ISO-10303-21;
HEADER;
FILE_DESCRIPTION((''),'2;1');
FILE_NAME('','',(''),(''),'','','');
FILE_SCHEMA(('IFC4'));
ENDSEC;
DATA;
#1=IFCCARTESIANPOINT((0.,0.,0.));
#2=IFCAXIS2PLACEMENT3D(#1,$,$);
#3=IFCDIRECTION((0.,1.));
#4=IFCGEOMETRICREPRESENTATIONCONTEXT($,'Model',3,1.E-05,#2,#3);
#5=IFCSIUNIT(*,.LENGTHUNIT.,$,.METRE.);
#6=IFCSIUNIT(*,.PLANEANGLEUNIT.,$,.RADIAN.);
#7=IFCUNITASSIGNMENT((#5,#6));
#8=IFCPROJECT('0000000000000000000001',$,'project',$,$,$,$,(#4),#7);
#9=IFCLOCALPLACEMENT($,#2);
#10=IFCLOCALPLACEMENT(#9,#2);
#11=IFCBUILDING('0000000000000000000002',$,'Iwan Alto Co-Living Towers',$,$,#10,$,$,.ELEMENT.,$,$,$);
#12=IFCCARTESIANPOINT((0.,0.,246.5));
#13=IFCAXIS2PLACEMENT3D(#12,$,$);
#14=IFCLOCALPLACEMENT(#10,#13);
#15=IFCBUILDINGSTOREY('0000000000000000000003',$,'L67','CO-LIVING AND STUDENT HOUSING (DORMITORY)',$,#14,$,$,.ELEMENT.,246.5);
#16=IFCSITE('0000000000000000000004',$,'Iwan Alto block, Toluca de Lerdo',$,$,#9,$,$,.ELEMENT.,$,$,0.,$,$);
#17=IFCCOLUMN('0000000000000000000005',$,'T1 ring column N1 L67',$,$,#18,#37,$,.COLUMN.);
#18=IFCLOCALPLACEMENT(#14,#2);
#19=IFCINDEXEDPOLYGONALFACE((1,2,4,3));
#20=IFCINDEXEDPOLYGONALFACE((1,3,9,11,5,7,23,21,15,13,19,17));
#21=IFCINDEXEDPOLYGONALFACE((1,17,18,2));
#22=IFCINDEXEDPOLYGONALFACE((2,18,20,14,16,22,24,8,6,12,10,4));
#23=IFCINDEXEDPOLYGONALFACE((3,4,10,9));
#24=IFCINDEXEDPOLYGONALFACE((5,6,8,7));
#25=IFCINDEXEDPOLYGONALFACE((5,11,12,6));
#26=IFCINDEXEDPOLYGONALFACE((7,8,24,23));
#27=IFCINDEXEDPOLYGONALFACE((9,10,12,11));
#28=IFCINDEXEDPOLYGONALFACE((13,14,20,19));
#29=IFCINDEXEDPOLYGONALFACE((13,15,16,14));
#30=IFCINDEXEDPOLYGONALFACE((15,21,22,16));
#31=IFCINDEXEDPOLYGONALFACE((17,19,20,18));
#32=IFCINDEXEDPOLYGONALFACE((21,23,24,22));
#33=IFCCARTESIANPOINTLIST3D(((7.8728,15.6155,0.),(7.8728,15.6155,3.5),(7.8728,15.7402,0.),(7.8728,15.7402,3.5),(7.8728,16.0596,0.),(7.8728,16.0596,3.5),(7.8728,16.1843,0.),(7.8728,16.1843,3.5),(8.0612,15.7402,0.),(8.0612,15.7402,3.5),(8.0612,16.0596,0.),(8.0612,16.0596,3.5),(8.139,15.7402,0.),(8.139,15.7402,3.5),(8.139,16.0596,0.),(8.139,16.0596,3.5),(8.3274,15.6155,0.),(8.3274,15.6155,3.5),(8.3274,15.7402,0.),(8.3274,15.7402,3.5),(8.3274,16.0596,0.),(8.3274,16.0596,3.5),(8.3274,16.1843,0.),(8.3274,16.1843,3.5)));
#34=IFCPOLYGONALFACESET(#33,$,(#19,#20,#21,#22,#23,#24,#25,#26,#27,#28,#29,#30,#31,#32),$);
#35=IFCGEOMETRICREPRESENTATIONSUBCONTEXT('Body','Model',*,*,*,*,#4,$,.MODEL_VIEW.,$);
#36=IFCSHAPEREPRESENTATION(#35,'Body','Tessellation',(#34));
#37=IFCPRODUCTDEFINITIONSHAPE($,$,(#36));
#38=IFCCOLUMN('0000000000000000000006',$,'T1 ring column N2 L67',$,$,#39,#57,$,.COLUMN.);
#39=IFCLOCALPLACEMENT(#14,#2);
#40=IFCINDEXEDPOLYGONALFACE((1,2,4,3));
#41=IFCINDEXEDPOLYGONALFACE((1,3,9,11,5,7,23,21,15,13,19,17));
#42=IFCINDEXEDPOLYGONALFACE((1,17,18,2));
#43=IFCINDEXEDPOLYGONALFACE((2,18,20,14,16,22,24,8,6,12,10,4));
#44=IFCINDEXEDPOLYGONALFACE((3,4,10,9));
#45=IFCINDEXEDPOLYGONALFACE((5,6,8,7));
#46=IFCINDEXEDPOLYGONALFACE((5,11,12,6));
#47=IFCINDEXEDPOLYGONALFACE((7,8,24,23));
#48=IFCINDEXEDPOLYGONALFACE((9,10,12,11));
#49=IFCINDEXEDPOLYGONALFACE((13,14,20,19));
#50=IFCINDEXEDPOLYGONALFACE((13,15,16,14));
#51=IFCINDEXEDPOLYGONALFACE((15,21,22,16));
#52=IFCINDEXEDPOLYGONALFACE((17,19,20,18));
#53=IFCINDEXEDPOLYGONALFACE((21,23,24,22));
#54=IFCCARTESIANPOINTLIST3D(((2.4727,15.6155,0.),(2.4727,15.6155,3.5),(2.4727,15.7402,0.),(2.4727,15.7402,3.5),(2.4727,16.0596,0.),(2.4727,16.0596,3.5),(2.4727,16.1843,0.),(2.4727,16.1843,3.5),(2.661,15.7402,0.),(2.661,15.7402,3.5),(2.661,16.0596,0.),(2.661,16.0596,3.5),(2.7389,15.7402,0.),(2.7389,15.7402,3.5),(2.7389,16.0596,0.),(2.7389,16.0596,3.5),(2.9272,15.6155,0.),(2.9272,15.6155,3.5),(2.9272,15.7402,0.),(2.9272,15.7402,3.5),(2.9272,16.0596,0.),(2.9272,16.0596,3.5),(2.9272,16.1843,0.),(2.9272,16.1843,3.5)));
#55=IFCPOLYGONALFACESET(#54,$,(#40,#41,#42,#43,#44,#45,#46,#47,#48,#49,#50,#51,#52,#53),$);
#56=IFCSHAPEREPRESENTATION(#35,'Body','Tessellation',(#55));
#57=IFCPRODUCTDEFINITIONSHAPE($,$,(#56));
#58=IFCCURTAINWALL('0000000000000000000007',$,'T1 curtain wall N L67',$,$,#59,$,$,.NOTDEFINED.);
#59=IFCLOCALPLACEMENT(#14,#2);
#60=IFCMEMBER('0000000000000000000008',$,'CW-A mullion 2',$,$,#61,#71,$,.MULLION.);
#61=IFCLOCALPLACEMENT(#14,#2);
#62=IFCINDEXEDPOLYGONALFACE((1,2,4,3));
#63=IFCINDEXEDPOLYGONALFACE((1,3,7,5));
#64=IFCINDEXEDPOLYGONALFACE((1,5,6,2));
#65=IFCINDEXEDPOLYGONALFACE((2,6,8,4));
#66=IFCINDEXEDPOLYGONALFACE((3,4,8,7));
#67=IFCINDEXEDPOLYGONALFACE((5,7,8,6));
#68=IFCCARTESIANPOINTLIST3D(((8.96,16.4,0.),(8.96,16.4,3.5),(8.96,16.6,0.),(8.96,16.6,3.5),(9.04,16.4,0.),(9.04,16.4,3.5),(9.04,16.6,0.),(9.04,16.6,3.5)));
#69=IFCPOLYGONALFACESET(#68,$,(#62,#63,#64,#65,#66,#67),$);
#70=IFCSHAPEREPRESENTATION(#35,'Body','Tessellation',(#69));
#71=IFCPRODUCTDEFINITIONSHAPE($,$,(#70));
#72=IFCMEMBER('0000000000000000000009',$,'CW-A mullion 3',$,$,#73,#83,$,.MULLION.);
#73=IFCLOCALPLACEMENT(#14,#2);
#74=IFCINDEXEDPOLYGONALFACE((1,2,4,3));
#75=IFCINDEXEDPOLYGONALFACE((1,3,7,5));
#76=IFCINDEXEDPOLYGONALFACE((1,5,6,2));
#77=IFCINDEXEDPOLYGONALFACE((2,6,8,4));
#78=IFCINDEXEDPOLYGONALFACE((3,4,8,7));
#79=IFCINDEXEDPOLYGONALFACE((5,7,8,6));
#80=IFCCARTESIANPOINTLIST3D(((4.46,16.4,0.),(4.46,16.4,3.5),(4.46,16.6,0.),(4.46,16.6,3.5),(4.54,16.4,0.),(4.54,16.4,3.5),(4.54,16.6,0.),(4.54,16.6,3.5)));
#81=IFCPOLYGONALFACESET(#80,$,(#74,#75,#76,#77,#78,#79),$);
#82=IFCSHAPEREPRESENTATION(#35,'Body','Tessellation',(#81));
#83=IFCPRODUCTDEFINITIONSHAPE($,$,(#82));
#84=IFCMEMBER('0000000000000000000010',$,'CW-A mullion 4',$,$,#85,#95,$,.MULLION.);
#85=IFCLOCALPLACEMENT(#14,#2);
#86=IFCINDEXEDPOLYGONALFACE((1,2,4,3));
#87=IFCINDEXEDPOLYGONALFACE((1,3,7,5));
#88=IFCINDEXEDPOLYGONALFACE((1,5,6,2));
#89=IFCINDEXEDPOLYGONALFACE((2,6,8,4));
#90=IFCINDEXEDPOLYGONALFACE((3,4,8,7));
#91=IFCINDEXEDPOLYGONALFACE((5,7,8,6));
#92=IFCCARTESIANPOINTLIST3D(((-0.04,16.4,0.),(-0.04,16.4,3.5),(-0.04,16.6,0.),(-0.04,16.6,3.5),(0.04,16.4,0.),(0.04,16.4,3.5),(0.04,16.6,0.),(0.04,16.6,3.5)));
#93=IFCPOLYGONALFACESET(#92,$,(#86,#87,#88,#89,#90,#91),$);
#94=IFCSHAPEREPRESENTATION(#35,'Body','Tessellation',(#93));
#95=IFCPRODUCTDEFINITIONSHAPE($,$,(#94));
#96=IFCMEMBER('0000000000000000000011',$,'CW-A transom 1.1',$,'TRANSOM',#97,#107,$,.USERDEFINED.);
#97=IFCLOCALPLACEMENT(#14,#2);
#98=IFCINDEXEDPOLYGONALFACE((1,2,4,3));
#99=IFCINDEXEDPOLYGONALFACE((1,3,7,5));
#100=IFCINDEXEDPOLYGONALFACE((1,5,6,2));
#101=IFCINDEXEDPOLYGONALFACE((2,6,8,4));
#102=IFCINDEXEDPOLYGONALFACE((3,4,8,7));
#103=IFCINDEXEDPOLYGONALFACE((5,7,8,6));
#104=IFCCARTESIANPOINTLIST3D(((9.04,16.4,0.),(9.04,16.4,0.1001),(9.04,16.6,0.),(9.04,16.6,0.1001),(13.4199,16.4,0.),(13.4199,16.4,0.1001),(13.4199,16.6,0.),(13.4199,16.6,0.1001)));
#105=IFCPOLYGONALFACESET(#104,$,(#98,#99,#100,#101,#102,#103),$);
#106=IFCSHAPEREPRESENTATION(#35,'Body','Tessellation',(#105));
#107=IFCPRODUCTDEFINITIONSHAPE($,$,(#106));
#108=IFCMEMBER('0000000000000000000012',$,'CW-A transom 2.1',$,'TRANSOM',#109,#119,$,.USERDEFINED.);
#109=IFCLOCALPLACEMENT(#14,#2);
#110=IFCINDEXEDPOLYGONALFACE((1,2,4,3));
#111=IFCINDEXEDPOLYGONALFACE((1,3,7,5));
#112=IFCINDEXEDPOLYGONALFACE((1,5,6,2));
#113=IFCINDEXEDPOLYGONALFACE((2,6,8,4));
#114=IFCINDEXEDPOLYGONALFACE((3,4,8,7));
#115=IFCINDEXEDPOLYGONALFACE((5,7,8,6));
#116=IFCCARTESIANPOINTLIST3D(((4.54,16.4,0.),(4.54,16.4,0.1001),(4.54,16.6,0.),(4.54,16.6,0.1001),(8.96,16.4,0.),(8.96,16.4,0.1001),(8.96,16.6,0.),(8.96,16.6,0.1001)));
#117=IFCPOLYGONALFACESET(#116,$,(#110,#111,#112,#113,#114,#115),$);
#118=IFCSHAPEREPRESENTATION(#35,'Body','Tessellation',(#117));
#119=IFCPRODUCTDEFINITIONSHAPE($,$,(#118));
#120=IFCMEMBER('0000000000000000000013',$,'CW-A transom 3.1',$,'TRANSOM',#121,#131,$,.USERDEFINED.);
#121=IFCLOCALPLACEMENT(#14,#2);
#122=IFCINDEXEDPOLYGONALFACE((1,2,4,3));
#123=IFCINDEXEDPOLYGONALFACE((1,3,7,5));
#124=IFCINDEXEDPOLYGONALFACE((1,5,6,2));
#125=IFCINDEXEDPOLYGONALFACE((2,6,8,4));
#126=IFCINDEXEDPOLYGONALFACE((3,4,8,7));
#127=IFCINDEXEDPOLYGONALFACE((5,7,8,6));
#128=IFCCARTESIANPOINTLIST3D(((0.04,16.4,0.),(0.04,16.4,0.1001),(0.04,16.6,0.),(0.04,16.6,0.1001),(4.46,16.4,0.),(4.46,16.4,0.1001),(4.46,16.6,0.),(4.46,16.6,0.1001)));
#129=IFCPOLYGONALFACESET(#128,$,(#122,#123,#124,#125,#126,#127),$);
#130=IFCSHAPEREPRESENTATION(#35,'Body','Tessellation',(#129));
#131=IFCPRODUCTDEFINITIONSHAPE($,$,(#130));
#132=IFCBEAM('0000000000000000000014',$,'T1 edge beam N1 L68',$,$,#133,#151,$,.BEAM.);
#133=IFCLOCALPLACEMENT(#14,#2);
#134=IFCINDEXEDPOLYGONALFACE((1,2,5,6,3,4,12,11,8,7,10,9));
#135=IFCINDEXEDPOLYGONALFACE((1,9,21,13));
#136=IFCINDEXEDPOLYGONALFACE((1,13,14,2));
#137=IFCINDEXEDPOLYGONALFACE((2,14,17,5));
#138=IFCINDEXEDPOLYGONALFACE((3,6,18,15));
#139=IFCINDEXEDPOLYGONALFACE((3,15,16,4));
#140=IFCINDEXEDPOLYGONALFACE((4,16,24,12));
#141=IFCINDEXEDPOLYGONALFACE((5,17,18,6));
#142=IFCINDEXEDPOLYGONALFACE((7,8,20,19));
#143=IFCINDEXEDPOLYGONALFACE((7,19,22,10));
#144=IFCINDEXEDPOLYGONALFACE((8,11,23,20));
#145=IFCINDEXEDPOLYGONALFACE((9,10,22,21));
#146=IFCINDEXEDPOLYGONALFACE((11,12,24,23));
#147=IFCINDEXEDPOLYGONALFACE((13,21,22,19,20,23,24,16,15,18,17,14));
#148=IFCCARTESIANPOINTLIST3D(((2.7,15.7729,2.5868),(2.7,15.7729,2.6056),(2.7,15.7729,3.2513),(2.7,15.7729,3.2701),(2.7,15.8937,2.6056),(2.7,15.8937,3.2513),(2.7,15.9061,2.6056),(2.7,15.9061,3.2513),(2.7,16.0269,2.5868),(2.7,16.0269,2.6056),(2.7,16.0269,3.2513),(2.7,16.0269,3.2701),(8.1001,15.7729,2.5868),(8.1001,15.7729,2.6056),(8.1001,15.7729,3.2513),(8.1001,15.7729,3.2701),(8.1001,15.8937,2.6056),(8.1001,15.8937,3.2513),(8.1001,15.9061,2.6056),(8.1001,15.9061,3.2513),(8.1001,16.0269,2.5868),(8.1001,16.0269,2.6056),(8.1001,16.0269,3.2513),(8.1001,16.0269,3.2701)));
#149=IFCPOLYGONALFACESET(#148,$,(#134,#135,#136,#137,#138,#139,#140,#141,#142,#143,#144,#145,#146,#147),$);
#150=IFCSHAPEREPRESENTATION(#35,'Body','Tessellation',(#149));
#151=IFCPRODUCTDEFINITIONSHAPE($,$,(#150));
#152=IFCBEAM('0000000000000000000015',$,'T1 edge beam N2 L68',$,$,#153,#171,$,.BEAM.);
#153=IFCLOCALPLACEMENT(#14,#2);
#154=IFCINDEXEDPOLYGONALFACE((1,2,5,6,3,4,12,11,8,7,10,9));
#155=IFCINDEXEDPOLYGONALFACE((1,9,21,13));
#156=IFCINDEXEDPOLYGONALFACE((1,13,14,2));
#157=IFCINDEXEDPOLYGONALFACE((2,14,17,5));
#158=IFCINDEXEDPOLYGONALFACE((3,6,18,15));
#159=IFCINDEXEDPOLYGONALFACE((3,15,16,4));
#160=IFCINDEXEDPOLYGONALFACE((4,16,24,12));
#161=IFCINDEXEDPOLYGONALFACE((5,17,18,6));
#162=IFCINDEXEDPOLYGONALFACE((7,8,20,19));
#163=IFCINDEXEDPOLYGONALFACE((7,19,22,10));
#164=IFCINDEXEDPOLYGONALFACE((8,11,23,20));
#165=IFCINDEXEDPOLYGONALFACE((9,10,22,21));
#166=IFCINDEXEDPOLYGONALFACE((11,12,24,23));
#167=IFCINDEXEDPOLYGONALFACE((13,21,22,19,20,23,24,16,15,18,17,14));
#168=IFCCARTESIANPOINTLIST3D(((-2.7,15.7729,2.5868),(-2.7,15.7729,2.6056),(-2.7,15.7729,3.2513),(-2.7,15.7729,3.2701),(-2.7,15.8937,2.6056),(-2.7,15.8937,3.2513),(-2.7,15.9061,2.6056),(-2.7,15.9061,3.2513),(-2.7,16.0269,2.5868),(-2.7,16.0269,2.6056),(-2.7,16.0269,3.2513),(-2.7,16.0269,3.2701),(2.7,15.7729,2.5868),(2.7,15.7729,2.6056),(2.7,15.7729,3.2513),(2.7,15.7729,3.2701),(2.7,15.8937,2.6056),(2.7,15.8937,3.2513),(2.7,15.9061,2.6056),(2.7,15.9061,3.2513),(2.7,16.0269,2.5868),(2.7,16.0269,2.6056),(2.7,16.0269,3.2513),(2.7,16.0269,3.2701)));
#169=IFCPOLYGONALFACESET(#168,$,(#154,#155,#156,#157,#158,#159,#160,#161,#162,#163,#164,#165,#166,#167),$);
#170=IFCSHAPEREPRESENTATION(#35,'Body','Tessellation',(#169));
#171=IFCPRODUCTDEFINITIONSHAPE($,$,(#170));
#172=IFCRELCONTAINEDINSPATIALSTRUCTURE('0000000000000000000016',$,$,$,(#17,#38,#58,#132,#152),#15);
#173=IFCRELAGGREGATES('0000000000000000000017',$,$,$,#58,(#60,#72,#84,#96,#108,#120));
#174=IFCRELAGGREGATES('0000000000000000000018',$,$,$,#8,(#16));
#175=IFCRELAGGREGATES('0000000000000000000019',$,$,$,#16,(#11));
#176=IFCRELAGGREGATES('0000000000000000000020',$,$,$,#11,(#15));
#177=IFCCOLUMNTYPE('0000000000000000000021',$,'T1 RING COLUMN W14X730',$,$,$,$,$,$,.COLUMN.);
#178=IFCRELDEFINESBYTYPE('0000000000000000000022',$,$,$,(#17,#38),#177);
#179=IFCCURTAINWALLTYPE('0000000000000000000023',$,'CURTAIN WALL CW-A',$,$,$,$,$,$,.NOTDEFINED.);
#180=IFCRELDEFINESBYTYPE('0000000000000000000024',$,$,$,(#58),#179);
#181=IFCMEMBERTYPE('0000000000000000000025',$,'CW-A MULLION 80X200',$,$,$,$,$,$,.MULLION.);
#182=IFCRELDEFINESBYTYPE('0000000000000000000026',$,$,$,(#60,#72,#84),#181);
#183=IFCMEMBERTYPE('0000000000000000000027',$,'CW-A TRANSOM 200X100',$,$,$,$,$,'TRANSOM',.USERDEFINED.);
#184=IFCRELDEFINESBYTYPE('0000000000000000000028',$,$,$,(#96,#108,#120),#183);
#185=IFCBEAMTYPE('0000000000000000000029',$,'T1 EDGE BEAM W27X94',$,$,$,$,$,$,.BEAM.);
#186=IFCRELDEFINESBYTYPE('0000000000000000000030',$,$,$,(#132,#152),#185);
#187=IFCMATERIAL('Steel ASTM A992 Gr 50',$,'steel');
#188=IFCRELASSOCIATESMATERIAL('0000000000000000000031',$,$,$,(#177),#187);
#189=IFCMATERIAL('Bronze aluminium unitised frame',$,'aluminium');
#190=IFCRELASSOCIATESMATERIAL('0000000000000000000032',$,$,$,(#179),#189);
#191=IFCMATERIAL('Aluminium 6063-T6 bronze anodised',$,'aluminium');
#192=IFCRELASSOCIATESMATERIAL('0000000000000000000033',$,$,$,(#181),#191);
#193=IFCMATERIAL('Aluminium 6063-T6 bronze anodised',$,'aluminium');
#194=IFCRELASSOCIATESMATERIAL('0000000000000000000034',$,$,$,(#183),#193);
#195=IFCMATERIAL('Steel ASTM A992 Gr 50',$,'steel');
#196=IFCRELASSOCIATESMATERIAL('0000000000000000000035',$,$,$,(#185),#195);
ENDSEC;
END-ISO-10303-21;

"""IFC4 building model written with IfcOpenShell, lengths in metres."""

from ifc_helpers import new_model, si_unit, direction, frame, origin, origin_2d, place, context, subcontext, project, spatial, rectangle, i_section, extrude, material, material_profile, profile_set, type_object, element, aggregate, save


model = new_model("IFC4")

# Units and contexts
model_context = context("Model", 3, precision=1e-05, world=origin(), true_north=direction((0.0, 1.0)))
body_context = subcontext(model_context, "Body", "Model", "MODEL_VIEW")
ifc_project = project(units=[si_unit("LENGTHUNIT", "METRE"), si_unit("PLANEANGLEUNIT", "RADIAN")], contexts=[model_context])

# Site, building, storey
site_placement = place(None, origin())
site = spatial("IfcSite", under=ifc_project, at=site_placement, Name="Iwan Alto block, Toluca de Lerdo", CompositionType="ELEMENT", RefElevation=0.0)
building_placement = place(site_placement, origin())
building = spatial("IfcBuilding", under=site, at=building_placement, Name="Iwan Alto Co-Living Towers", CompositionType="ELEMENT")
storey_placement = place(building_placement, frame((0.0, 0.0, 246.5)))
storey = spatial("IfcBuildingStorey", under=building, at=storey_placement, Name="L67", Description="CO-LIVING AND STUDENT HOUSING (DORMITORY)", CompositionType="ELEMENT", Elevation=246.5)

# Columns
ifc_material_1 = material(Name="Steel ASTM A992 Gr 50", Category="steel")
ifc_material_profile_1 = material_profile(ifc_material_1, i_section(OverallWidth=0.4546, OverallDepth=0.5688, WebThickness=0.0779, FlangeThickness=0.1248, at=origin_2d()), Name="W14X730")
ifc_profile_set_1 = profile_set([ifc_material_profile_1], Name="Steel ASTM A992 Gr 50")
column_type = type_object("IfcColumnType", Name="T1 RING COLUMN W14X730", PredefinedType="COLUMN", material=ifc_profile_set_1)
for number, where, z_axis, x_axis, name in (
    (1, (8.1001, 15.8999, 0.0), (0.0, 0.0, 1.0), (1.0, 0.0, 0.0), "T1 ring column N1 L67"),
    (2, (2.7, 15.8999, 0.0), (0.0, 0.0, 1.0), (1.0, 0.0, 0.0), "T1 ring column N2 L67"),
):
    element("IfcColumn", number, at=place(storey_placement, frame(where, z_axis=z_axis, x_axis=x_axis)), inside=storey, type_object=column_type, Name=name, PredefinedType="COLUMN", context=body_context, shape_type="SweptSolid", body=[
        extrude(i_section(OverallWidth=0.4546, OverallDepth=0.5688, WebThickness=0.0779, FlangeThickness=0.1248, at=origin_2d()), origin(), (0.0, 0.0, 1.0), 3.5),
    ])

# Curtain wall, members
ifc_material_2 = material(Name="Bronze aluminium unitised frame", Category="aluminium")
curtain_wall_type = type_object("IfcCurtainWallType", Name="CURTAIN WALL CW-A", PredefinedType="NOTDEFINED", material=ifc_material_2)
curtain_wall_placement = place(storey_placement, origin())
curtain_wall = element("IfcCurtainWall", 3, at=curtain_wall_placement, inside=storey, type_object=curtain_wall_type, Name="T1 curtain wall N L67", PredefinedType="NOTDEFINED")
ifc_material_3 = material(Name="Aluminium 6063-T6 bronze anodised", Category="aluminium")
ifc_material_profile_2 = material_profile(ifc_material_3, rectangle(XDim=0.2, YDim=0.0801, at=origin_2d()), Name="AL 80X200")
ifc_profile_set_2 = profile_set([ifc_material_profile_2], Name="Aluminium 6063-T6 bronze anodised")
member_type_1 = type_object("IfcMemberType", Name="CW-A MULLION 80X200", PredefinedType="MULLION", material=ifc_profile_set_2)
member_1_placement = place(storey_placement, frame((9.0, 16.5, 0.0), z_axis=(0.0, 0.0, 1.0), x_axis=(0.0, -1.0, 0.0)))
member_1 = element("IfcMember", 4, at=member_1_placement, type_object=member_type_1, Name="CW-A mullion 2", PredefinedType="MULLION", context=body_context, shape_type="SweptSolid", body=[
    extrude(rectangle(XDim=0.2, YDim=0.0801, at=origin_2d()), origin(), (0.0, 0.0, 1.0), 3.5),
])
member_2_placement = place(storey_placement, frame((4.5, 16.5, 0.0), z_axis=(0.0, 0.0, 1.0), x_axis=(0.0, -1.0, 0.0)))
member_2 = element("IfcMember", 5, at=member_2_placement, type_object=member_type_1, Name="CW-A mullion 3", PredefinedType="MULLION", context=body_context, shape_type="SweptSolid", body=[
    extrude(rectangle(XDim=0.2, YDim=0.0801, at=origin_2d()), origin(), (0.0, 0.0, 1.0), 3.5),
])
member_3_placement = place(storey_placement, frame((0.0, 16.5, 0.0), z_axis=(0.0, 0.0, 1.0), x_axis=(0.0, -1.0, 0.0)))
member_3 = element("IfcMember", 6, at=member_3_placement, type_object=member_type_1, Name="CW-A mullion 4", PredefinedType="MULLION", context=body_context, shape_type="SweptSolid", body=[
    extrude(rectangle(XDim=0.2, YDim=0.0801, at=origin_2d()), origin(), (0.0, 0.0, 1.0), 3.5),
])
ifc_material_4 = material(Name="Aluminium 6063-T6 bronze anodised", Category="aluminium")
ifc_material_profile_3 = material_profile(ifc_material_4, rectangle(XDim=0.2, YDim=0.1001, at=origin_2d()), Name="AL 200X100")
ifc_profile_set_3 = profile_set([ifc_material_profile_3], Name="Aluminium 6063-T6 bronze anodised")
member_type_2 = type_object("IfcMemberType", Name="CW-A TRANSOM 200X100", ElementType="TRANSOM", PredefinedType="USERDEFINED", material=ifc_profile_set_3)
member_4_placement = place(storey_placement, frame((13.4199, 16.5, 0.05), z_axis=(-1.0, 0.0, 0.0), x_axis=(0.0, -1.0, 0.0)))
member_4 = element("IfcMember", 7, at=member_4_placement, type_object=member_type_2, Name="CW-A transom 1.1", ObjectType="TRANSOM", PredefinedType="USERDEFINED", context=body_context, shape_type="SweptSolid", body=[
    extrude(rectangle(XDim=0.2, YDim=0.1001, at=origin_2d()), origin(), (0.0, 0.0, 1.0), 4.3799),
])
member_5_placement = place(storey_placement, frame((8.96, 16.5, 0.05), z_axis=(-1.0, 0.0, 0.0), x_axis=(0.0, -1.0, 0.0)))
member_5 = element("IfcMember", 8, at=member_5_placement, type_object=member_type_2, Name="CW-A transom 2.1", ObjectType="TRANSOM", PredefinedType="USERDEFINED", context=body_context, shape_type="SweptSolid", body=[
    extrude(rectangle(XDim=0.2, YDim=0.1001, at=origin_2d()), origin(), (0.0, 0.0, 1.0), 4.4199),
])
member_6_placement = place(storey_placement, frame((4.46, 16.5, 0.05), z_axis=(-1.0, 0.0, 0.0), x_axis=(0.0, -1.0, 0.0)))
member_6 = element("IfcMember", 9, at=member_6_placement, type_object=member_type_2, Name="CW-A transom 3.1", ObjectType="TRANSOM", PredefinedType="USERDEFINED", context=body_context, shape_type="SweptSolid", body=[
    extrude(rectangle(XDim=0.2, YDim=0.1001, at=origin_2d()), origin(), (0.0, 0.0, 1.0), 4.4199),
])

# Beams
ifc_material_5 = material(Name="Steel ASTM A992 Gr 50", Category="steel")
ifc_material_profile_4 = material_profile(ifc_material_5, i_section(OverallWidth=0.2539, OverallDepth=0.6833, WebThickness=0.0125, FlangeThickness=0.0188, at=origin_2d()), Name="W27X94")
ifc_profile_set_4 = profile_set([ifc_material_profile_4], Name="Steel ASTM A992 Gr 50")
beam_type_1 = type_object("IfcBeamType", Name="T1 EDGE BEAM W27X94", PredefinedType="BEAM", material=ifc_profile_set_4)
beam_1_placement = place(storey_placement, frame((8.1001, 15.8999, 2.9285), z_axis=(-1.0, 0.0, 0.0), x_axis=(0.0, -1.0, 0.0)))
element("IfcBeam", 10, at=beam_1_placement, inside=storey, type_object=beam_type_1, Name="T1 edge beam N1 L68", PredefinedType="BEAM", context=body_context, shape_type="SweptSolid", body=[
    extrude(i_section(OverallWidth=0.2539, OverallDepth=0.6833, WebThickness=0.0125, FlangeThickness=0.0188, at=origin_2d()), origin(), (0.0, 0.0, 1.0), 5.4001),
])
beam_2_placement = place(storey_placement, frame((2.7, 15.8999, 2.9285), z_axis=(-1.0, 0.0, 0.0), x_axis=(0.0, -1.0, 0.0)))
element("IfcBeam", 11, at=beam_2_placement, inside=storey, type_object=beam_type_1, Name="T1 edge beam N2 L68", PredefinedType="BEAM", context=body_context, shape_type="SweptSolid", body=[
    extrude(i_section(OverallWidth=0.2539, OverallDepth=0.6833, WebThickness=0.0125, FlangeThickness=0.0188, at=origin_2d()), origin(), (0.0, 0.0, 1.0), 5.3999),
])

aggregate(curtain_wall, [member_1, member_2, member_3, member_4, member_5, member_6])

save(model, "model.ifc")
